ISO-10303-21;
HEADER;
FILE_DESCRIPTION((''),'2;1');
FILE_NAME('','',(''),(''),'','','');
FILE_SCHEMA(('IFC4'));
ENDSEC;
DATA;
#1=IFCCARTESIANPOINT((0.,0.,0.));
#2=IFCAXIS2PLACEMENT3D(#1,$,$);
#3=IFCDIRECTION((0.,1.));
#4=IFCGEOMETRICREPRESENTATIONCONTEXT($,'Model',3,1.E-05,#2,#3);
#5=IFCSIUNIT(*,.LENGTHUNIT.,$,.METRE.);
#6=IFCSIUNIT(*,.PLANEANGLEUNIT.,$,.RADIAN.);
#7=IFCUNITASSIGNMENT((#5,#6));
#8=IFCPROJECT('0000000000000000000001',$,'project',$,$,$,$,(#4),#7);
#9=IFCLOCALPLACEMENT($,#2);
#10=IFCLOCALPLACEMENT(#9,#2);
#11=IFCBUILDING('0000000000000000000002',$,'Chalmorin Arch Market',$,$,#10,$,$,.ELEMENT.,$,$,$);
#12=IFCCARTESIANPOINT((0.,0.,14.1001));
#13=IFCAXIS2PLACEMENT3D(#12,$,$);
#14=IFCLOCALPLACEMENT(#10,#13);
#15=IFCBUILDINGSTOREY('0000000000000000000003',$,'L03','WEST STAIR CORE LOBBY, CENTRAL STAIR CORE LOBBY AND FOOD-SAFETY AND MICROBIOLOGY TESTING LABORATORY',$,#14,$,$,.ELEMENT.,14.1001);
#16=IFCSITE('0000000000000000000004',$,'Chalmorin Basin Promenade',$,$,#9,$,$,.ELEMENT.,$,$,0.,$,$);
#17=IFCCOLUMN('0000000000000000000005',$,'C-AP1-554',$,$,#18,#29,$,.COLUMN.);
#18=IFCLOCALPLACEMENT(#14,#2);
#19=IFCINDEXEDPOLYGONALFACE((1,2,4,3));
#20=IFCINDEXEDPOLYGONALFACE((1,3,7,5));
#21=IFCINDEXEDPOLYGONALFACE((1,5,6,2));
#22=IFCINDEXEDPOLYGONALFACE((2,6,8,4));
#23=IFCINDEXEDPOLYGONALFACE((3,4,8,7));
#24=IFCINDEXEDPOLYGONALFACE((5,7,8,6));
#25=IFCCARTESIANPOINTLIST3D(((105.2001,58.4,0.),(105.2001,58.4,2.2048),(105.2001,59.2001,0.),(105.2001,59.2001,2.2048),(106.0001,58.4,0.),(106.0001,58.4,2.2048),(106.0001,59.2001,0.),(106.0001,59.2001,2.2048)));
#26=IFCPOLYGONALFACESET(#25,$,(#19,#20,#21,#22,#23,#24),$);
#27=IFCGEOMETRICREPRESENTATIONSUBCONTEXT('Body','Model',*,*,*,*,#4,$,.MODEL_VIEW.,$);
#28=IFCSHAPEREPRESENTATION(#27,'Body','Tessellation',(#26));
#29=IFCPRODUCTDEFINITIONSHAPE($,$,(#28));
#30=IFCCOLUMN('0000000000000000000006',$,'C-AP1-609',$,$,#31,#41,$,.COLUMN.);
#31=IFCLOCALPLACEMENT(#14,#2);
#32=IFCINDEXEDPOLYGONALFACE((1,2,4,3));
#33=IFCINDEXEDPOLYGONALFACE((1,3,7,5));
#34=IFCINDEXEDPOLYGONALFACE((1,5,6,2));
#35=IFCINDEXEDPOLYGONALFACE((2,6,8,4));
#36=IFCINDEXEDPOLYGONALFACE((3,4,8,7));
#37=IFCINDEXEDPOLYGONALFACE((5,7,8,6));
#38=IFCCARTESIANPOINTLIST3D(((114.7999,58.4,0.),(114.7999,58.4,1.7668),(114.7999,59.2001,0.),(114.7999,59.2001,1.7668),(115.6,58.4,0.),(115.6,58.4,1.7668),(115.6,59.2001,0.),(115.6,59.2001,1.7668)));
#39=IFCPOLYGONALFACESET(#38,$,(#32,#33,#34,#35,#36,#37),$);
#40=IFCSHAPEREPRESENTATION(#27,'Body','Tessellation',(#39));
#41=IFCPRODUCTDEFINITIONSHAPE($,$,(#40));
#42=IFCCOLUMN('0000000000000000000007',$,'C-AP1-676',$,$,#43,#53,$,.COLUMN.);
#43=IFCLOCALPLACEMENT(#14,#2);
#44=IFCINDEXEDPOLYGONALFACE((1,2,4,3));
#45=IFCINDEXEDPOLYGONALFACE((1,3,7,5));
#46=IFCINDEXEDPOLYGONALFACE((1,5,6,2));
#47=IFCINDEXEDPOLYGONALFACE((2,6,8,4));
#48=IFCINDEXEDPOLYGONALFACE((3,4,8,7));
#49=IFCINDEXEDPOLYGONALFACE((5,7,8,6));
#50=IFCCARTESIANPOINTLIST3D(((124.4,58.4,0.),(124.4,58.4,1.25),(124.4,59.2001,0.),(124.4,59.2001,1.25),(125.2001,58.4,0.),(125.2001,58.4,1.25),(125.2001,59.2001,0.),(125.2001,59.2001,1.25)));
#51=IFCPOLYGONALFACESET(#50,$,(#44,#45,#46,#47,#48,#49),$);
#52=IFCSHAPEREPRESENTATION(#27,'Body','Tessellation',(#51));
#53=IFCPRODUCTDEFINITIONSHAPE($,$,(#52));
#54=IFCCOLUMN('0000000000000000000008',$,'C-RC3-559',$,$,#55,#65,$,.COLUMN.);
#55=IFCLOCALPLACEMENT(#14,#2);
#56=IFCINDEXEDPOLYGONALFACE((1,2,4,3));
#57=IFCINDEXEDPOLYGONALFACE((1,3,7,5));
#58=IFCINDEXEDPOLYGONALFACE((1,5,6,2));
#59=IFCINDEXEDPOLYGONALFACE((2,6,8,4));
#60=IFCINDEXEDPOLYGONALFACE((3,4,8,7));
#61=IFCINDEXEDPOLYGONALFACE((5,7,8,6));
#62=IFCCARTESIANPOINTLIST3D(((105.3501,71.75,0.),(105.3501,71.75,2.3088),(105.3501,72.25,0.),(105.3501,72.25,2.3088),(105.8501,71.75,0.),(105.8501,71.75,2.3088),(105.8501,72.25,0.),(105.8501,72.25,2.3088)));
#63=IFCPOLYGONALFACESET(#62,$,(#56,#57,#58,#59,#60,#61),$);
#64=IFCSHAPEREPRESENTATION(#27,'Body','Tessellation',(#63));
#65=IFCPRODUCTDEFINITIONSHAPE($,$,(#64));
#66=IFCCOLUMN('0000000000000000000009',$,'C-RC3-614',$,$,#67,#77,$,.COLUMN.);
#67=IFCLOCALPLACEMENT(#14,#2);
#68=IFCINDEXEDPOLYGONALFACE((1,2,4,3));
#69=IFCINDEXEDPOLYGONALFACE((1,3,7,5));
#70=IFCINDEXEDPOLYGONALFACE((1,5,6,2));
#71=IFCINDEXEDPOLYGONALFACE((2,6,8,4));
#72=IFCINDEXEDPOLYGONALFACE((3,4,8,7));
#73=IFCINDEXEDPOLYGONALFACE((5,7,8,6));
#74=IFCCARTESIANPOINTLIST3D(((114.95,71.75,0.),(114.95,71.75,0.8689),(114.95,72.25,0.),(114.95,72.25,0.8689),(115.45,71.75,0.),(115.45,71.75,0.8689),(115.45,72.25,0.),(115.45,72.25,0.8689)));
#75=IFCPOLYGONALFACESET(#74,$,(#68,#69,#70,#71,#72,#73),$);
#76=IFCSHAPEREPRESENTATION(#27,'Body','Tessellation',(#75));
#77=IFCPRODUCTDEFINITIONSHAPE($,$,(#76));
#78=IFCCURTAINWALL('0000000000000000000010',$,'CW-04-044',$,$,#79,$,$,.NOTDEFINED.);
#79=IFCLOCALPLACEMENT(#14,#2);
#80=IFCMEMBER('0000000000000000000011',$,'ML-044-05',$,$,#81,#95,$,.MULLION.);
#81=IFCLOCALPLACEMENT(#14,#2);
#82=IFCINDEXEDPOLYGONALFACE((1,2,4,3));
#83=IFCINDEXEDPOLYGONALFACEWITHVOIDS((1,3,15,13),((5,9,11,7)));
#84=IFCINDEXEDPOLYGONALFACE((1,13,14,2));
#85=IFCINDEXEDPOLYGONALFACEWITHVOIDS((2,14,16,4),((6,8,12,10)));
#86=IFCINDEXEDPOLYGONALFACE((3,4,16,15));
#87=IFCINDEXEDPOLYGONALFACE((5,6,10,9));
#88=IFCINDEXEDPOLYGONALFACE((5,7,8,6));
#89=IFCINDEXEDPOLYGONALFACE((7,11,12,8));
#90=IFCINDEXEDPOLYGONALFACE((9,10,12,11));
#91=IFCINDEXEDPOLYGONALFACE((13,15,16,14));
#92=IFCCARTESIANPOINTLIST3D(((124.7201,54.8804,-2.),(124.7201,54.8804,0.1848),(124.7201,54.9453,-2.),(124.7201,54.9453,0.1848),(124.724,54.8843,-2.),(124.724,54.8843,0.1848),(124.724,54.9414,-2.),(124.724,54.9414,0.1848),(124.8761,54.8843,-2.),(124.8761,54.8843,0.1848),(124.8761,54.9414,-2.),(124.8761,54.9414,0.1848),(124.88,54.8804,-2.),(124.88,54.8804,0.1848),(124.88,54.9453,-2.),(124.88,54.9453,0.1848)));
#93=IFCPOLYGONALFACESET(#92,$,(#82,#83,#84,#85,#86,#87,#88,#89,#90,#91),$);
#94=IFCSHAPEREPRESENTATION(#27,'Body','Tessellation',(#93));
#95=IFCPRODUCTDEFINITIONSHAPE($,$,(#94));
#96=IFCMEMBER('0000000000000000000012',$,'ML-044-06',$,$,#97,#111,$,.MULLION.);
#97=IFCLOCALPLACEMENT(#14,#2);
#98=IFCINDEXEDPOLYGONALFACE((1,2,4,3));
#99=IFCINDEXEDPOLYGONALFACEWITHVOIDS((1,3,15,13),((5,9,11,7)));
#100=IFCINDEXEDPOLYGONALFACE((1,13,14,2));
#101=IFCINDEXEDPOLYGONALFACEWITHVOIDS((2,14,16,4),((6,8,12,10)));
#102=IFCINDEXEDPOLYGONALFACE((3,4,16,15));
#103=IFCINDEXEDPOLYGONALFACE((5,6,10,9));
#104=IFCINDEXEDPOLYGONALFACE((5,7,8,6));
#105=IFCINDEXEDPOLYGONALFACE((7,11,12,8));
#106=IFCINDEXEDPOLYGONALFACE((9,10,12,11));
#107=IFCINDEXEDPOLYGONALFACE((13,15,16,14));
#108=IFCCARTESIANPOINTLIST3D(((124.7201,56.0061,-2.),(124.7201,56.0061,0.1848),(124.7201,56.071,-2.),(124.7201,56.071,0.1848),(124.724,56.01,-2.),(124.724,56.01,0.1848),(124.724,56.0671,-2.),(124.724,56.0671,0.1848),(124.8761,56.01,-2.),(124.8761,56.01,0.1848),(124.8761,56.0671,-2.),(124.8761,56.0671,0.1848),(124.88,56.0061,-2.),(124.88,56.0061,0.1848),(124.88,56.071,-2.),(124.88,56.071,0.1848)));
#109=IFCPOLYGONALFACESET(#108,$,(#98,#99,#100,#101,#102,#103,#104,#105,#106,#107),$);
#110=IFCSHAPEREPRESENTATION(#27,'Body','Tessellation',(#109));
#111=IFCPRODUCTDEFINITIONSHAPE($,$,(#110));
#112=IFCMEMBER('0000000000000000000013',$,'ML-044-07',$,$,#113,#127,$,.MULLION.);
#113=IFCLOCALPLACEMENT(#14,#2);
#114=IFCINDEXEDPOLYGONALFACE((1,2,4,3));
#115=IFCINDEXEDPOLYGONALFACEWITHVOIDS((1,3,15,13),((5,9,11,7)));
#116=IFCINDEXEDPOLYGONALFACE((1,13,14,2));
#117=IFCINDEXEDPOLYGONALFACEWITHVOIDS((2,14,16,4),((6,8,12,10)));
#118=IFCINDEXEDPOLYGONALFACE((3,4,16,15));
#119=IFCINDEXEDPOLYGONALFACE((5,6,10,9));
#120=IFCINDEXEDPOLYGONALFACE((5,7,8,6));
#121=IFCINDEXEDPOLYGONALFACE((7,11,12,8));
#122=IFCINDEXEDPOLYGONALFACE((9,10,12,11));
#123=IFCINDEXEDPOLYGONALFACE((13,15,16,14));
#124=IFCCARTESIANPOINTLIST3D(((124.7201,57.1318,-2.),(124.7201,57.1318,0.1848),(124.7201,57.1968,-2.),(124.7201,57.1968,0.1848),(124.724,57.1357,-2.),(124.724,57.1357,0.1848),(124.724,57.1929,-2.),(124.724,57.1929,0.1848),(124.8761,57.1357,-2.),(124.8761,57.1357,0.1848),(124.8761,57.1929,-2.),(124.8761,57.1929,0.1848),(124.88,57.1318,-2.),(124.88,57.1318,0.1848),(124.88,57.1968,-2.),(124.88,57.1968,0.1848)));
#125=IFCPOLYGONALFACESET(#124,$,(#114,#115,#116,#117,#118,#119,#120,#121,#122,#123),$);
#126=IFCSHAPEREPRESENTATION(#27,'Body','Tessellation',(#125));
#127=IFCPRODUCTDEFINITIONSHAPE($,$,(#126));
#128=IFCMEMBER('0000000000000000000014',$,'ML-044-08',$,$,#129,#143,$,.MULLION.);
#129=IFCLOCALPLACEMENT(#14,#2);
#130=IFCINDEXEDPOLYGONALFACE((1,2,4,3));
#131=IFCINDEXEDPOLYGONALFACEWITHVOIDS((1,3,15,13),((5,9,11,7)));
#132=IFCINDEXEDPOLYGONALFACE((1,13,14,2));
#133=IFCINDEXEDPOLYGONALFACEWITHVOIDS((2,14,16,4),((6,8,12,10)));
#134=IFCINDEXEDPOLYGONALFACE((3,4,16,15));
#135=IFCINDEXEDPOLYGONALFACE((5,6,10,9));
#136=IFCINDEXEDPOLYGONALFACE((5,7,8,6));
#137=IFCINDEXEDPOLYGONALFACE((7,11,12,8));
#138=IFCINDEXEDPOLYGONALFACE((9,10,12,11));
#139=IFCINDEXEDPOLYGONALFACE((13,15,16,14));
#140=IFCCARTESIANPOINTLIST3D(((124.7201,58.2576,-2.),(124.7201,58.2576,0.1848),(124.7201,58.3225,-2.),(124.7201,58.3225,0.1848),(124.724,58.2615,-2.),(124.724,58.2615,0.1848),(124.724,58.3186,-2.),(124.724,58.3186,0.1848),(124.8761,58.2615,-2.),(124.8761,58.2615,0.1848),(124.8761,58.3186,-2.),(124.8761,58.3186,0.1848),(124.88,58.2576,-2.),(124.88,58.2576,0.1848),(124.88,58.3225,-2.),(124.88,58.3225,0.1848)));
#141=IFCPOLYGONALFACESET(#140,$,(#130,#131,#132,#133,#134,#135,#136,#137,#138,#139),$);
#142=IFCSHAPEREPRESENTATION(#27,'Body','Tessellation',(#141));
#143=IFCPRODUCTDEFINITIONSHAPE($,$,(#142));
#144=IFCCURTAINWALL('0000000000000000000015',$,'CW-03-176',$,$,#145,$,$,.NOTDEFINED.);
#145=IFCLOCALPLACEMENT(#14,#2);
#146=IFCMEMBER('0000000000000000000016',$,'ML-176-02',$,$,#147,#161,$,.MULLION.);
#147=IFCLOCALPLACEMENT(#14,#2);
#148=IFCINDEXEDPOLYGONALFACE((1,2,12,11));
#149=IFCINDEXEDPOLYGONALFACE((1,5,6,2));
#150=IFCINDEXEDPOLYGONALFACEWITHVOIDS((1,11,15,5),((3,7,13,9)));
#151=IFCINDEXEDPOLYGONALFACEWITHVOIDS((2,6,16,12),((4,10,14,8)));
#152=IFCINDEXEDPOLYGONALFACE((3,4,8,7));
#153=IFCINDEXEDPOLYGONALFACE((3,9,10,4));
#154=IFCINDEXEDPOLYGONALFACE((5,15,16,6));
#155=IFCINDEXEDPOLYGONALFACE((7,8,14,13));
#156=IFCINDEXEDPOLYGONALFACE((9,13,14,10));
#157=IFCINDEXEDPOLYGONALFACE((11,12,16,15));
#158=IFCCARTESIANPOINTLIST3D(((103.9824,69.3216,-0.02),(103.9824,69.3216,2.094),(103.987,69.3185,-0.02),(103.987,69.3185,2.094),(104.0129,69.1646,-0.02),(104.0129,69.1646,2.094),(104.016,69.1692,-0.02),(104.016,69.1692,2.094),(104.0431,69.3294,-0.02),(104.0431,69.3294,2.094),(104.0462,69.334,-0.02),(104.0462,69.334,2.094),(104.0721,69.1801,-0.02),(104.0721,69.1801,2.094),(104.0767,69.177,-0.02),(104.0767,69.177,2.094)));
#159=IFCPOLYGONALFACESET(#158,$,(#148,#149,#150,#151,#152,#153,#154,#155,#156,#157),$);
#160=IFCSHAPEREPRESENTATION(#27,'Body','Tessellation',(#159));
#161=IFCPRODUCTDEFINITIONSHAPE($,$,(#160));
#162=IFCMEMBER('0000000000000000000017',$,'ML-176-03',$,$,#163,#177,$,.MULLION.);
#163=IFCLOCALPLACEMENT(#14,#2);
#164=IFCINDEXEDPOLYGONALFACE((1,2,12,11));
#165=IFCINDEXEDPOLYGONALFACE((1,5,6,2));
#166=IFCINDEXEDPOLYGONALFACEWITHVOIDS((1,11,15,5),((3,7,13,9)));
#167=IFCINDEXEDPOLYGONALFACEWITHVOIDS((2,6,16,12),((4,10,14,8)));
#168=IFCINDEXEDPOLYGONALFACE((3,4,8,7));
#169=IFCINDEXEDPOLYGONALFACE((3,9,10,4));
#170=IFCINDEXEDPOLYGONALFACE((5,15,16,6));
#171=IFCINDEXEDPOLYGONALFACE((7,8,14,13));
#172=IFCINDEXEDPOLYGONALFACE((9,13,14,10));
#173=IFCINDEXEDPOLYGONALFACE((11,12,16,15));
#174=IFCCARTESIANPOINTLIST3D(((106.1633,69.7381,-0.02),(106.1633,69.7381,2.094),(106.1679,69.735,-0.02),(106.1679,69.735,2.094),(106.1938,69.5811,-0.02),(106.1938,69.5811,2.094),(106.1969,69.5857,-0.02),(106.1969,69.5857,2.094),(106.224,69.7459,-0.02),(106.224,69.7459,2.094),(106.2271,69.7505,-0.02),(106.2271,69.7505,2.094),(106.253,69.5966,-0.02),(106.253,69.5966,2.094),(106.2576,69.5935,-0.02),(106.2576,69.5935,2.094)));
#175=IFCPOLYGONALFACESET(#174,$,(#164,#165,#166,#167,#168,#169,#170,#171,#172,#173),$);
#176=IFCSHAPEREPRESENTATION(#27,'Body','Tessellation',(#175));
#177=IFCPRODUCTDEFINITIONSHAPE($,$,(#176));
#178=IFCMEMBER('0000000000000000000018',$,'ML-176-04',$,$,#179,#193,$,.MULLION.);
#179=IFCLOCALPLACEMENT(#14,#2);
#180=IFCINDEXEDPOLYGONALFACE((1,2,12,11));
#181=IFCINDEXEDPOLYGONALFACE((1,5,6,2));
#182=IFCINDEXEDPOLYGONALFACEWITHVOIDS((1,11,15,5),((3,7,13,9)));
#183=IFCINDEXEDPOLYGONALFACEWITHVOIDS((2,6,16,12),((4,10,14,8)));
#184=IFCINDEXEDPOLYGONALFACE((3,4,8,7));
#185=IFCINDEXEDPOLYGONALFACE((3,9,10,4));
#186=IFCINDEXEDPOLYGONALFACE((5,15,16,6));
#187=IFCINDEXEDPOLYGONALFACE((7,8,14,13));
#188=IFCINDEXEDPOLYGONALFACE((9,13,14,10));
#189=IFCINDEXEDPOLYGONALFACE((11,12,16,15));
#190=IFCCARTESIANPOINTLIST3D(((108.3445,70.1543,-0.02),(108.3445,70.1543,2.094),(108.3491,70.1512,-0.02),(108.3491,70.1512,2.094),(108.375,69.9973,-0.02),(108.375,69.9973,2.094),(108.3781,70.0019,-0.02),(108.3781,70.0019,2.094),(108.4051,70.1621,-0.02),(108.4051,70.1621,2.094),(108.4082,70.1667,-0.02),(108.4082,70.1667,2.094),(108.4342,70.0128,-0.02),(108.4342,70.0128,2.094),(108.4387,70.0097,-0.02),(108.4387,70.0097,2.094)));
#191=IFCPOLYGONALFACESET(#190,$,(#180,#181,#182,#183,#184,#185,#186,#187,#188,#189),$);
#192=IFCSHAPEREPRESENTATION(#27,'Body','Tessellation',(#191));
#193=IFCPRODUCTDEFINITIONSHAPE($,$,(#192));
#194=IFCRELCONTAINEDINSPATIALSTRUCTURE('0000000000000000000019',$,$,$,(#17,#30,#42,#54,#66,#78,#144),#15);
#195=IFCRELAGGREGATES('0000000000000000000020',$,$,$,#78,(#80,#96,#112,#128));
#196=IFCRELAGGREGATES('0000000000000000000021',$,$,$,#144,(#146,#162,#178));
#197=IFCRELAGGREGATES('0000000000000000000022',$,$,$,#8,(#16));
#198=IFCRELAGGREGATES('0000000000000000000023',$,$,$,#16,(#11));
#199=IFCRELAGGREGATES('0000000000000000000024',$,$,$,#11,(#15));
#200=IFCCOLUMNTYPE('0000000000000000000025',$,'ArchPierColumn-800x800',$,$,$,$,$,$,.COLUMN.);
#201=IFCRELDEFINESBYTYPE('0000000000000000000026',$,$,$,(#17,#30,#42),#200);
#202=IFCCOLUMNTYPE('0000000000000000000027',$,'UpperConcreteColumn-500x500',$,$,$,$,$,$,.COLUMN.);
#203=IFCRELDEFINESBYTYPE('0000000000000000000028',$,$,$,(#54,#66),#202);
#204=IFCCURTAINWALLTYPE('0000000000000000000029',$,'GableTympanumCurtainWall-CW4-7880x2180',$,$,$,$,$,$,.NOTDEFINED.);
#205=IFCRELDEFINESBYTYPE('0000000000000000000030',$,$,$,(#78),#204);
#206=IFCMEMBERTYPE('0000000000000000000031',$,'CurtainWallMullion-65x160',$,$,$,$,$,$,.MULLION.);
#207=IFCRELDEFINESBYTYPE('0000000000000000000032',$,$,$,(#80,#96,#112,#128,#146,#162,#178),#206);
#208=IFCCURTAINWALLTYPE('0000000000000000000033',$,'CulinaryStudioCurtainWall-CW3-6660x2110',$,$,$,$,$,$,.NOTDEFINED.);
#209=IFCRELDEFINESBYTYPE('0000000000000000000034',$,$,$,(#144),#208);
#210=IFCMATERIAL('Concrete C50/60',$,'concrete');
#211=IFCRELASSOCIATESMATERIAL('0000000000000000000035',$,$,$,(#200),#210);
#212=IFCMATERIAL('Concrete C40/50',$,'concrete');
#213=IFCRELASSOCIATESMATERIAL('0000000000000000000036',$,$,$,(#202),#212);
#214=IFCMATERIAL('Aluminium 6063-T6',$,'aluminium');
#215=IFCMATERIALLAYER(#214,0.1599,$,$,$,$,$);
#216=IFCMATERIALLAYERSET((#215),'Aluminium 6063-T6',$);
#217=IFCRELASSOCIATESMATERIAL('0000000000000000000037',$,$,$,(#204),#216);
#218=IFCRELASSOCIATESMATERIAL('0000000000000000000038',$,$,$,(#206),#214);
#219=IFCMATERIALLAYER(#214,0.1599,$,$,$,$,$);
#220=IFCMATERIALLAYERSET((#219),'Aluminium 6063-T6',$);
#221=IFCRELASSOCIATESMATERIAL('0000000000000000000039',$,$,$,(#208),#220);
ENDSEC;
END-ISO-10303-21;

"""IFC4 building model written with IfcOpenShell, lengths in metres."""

from ifc_helpers import new_model, si_unit, direction, frame, origin, origin_2d, place, context, subcontext, project, spatial, rectangle, hollow_rectangle, extrude, material, layer, layer_set, material_profile, profile_set, type_object, element, aggregate, save


model = new_model("IFC4")

# Units and contexts
model_context = context("Model", 3, precision=1e-05, world=origin(), true_north=direction((0.0, 1.0)))
body_context = subcontext(model_context, "Body", "Model", "MODEL_VIEW")
ifc_project = project(units=[si_unit("LENGTHUNIT", "METRE"), si_unit("PLANEANGLEUNIT", "RADIAN")], contexts=[model_context])

# Site, building, storey
site_placement = place(None, origin())
site = spatial("IfcSite", under=ifc_project, at=site_placement, Name="Chalmorin Basin Promenade", CompositionType="ELEMENT", RefElevation=0.0)
building_placement = place(site_placement, origin())
building = spatial("IfcBuilding", under=site, at=building_placement, Name="Chalmorin Arch Market", CompositionType="ELEMENT")
storey_placement = place(building_placement, frame((0.0, 0.0, 14.1001)))
storey = spatial("IfcBuildingStorey", under=building, at=storey_placement, Name="L03", Description="WEST STAIR CORE LOBBY, CENTRAL STAIR CORE LOBBY AND FOOD-SAFETY AND MICROBIOLOGY TESTING LABORATORY", CompositionType="ELEMENT", Elevation=14.1001)

# Columns
ifc_material_1 = material(Name="Concrete C50/60", Category="concrete")
ifc_material_profile_1 = material_profile(ifc_material_1, rectangle(XDim=0.8, YDim=0.8, at=origin_2d()), Name="RC800X800")
ifc_profile_set_1 = profile_set([ifc_material_profile_1], Name="Concrete C50/60")
column_type_1 = type_object("IfcColumnType", Name="ArchPierColumn-800x800", PredefinedType="COLUMN", material=ifc_profile_set_1)
column_1_placement = place(storey_placement, frame((105.6001, 58.8, 0.0), z_axis=(0.0, 0.0, 1.0), x_axis=(1.0, 0.0, 0.0)))
element("IfcColumn", 1, at=column_1_placement, inside=storey, type_object=column_type_1, Name="C-AP1-554", PredefinedType="COLUMN", context=body_context, shape_type="SweptSolid", body=[
    extrude(rectangle(XDim=0.8, YDim=0.8, at=origin_2d()), origin(), (0.0, 0.0, 1.0), 2.2048),
])
column_2_placement = place(storey_placement, frame((115.2, 58.8, 0.0), z_axis=(0.0, 0.0, 1.0), x_axis=(1.0, 0.0, 0.0)))
element("IfcColumn", 2, at=column_2_placement, inside=storey, type_object=column_type_1, Name="C-AP1-609", PredefinedType="COLUMN", context=body_context, shape_type="SweptSolid", body=[
    extrude(rectangle(XDim=0.8, YDim=0.8, at=origin_2d()), origin(), (0.0, 0.0, 1.0), 1.7668),
])
column_3_placement = place(storey_placement, frame((124.8, 58.8, 0.0), z_axis=(0.0, 0.0, 1.0), x_axis=(1.0, 0.0, 0.0)))
element("IfcColumn", 3, at=column_3_placement, inside=storey, type_object=column_type_1, Name="C-AP1-676", PredefinedType="COLUMN", context=body_context, shape_type="SweptSolid", body=[
    extrude(rectangle(XDim=0.8, YDim=0.8, at=origin_2d()), origin(), (0.0, 0.0, 1.0), 1.25),
])
ifc_material_2 = material(Name="Concrete C40/50", Category="concrete")
ifc_material_profile_2 = material_profile(ifc_material_2, rectangle(XDim=0.5, YDim=0.5, at=origin_2d()), Name="RC500X500")
ifc_profile_set_2 = profile_set([ifc_material_profile_2], Name="Concrete C40/50")
column_type_2 = type_object("IfcColumnType", Name="UpperConcreteColumn-500x500", PredefinedType="COLUMN", material=ifc_profile_set_2)
column_4_placement = place(storey_placement, frame((105.6001, 72.0, 0.0), z_axis=(0.0, 0.0, 1.0), x_axis=(1.0, 0.0, 0.0)))
element("IfcColumn", 4, at=column_4_placement, inside=storey, type_object=column_type_2, Name="C-RC3-559", PredefinedType="COLUMN", context=body_context, shape_type="SweptSolid", body=[
    extrude(rectangle(XDim=0.5, YDim=0.5, at=origin_2d()), origin(), (0.0, 0.0, 1.0), 2.3088),
])
column_5_placement = place(storey_placement, frame((115.2, 72.0, 0.0), z_axis=(0.0, 0.0, 1.0), x_axis=(1.0, 0.0, 0.0)))
element("IfcColumn", 5, at=column_5_placement, inside=storey, type_object=column_type_2, Name="C-RC3-614", PredefinedType="COLUMN", context=body_context, shape_type="SweptSolid", body=[
    extrude(rectangle(XDim=0.5, YDim=0.5, at=origin_2d()), origin(), (0.0, 0.0, 1.0), 0.8689),
])

# Curtain walls, members
ifc_material_3 = material(Name="Aluminium 6063-T6", Category="aluminium")
ifc_layer_1 = layer(ifc_material_3, 0.1599)
ifc_layer_set_1 = layer_set([ifc_layer_1], Name="Aluminium 6063-T6")
curtain_wall_type_1 = type_object("IfcCurtainWallType", Name="GableTympanumCurtainWall-CW4-7880x2180", PredefinedType="NOTDEFINED", material=ifc_layer_set_1)
curtain_wall_1_placement = place(storey_placement, origin())
curtain_wall_1 = element("IfcCurtainWall", 6, at=curtain_wall_1_placement, inside=storey, type_object=curtain_wall_type_1, Name="CW-04-044", PredefinedType="NOTDEFINED")
ifc_material_profile_3 = material_profile(ifc_material_3, hollow_rectangle(XDim=0.0649, YDim=0.1599, WallThickness=0.0039, at=origin_2d()), Name="ALU65X160X4")
ifc_profile_set_3 = profile_set([ifc_material_profile_3], Name="Aluminium 6063-T6")
member_type_1 = type_object("IfcMemberType", Name="CurtainWallMullion-65x160", PredefinedType="MULLION", material=ifc_profile_set_3)
member_1_placement = place(storey_placement, frame((124.8, 54.9128, -2.0), z_axis=(0.0, 0.0, 1.0), x_axis=(0.0, 1.0, 0.0)))
member_1 = element("IfcMember", 7, at=member_1_placement, type_object=member_type_1, Name="ML-044-05", PredefinedType="MULLION", context=body_context, shape_type="SweptSolid", body=[
    extrude(hollow_rectangle(XDim=0.0649, YDim=0.1599, WallThickness=0.0039, at=origin_2d()), origin(), (0.0, 0.0, 1.0), 2.1848),
])
member_2_placement = place(storey_placement, frame((124.8, 56.0386, -2.0), z_axis=(0.0, 0.0, 1.0), x_axis=(0.0, 1.0, 0.0)))
member_2 = element("IfcMember", 8, at=member_2_placement, type_object=member_type_1, Name="ML-044-06", PredefinedType="MULLION", context=body_context, shape_type="SweptSolid", body=[
    extrude(hollow_rectangle(XDim=0.0649, YDim=0.1599, WallThickness=0.0039, at=origin_2d()), origin(), (0.0, 0.0, 1.0), 2.1848),
])
member_3_placement = place(storey_placement, frame((124.8, 57.1643, -2.0), z_axis=(0.0, 0.0, 1.0), x_axis=(0.0, 1.0, 0.0)))
member_3 = element("IfcMember", 9, at=member_3_placement, type_object=member_type_1, Name="ML-044-07", PredefinedType="MULLION", context=body_context, shape_type="SweptSolid", body=[
    extrude(hollow_rectangle(XDim=0.0649, YDim=0.1599, WallThickness=0.0039, at=origin_2d()), origin(), (0.0, 0.0, 1.0), 2.1848),
])
member_4_placement = place(storey_placement, frame((124.8, 58.29, -2.0), z_axis=(0.0, 0.0, 1.0), x_axis=(0.0, 1.0, 0.0)))
member_4 = element("IfcMember", 10, at=member_4_placement, type_object=member_type_1, Name="ML-044-08", PredefinedType="MULLION", context=body_context, shape_type="SweptSolid", body=[
    extrude(hollow_rectangle(XDim=0.0649, YDim=0.1599, WallThickness=0.0039, at=origin_2d()), origin(), (0.0, 0.0, 1.0), 2.1848),
])
ifc_layer_2 = layer(ifc_material_3, 0.1599)
ifc_layer_set_2 = layer_set([ifc_layer_2], Name="Aluminium 6063-T6")
curtain_wall_type_2 = type_object("IfcCurtainWallType", Name="CulinaryStudioCurtainWall-CW3-6660x2110", PredefinedType="NOTDEFINED", material=ifc_layer_set_2)
curtain_wall_2_placement = place(storey_placement, origin())
curtain_wall_2 = element("IfcCurtainWall", 11, at=curtain_wall_2_placement, inside=storey, type_object=curtain_wall_type_2, Name="CW-03-176", PredefinedType="NOTDEFINED")
member_5_placement = place(storey_placement, frame((104.0295, 69.2493, -0.02), z_axis=(0.0, 0.0, 1.0), x_axis=(0.981627, 0.190809, 0.0)))
member_5 = element("IfcMember", 12, at=member_5_placement, type_object=member_type_1, Name="ML-176-02", PredefinedType="MULLION", context=body_context, shape_type="SweptSolid", body=[
    extrude(hollow_rectangle(XDim=0.0649, YDim=0.1599, WallThickness=0.0039, at=origin_2d()), origin(), (0.0, 0.0, 1.0), 2.114),
])
member_6_placement = place(storey_placement, frame((106.2104, 69.6658, -0.02), z_axis=(0.0, 0.0, 1.0), x_axis=(0.981627, 0.190809, 0.0)))
member_6 = element("IfcMember", 13, at=member_6_placement, type_object=member_type_1, Name="ML-176-03", PredefinedType="MULLION", context=body_context, shape_type="SweptSolid", body=[
    extrude(hollow_rectangle(XDim=0.0649, YDim=0.1599, WallThickness=0.0039, at=origin_2d()), origin(), (0.0, 0.0, 1.0), 2.114),
])
member_7_placement = place(storey_placement, frame((108.3916, 70.082, -0.02), z_axis=(0.0, 0.0, 1.0), x_axis=(0.981627, 0.190809, 0.0)))
member_7 = element("IfcMember", 14, at=member_7_placement, type_object=member_type_1, Name="ML-176-04", PredefinedType="MULLION", context=body_context, shape_type="SweptSolid", body=[
    extrude(hollow_rectangle(XDim=0.0649, YDim=0.1599, WallThickness=0.0039, at=origin_2d()), origin(), (0.0, 0.0, 1.0), 2.114),
])

aggregate(curtain_wall_1, [member_1, member_2, member_3, member_4])
aggregate(curtain_wall_2, [member_5, member_6, member_7])

save(model, "model.ifc")
